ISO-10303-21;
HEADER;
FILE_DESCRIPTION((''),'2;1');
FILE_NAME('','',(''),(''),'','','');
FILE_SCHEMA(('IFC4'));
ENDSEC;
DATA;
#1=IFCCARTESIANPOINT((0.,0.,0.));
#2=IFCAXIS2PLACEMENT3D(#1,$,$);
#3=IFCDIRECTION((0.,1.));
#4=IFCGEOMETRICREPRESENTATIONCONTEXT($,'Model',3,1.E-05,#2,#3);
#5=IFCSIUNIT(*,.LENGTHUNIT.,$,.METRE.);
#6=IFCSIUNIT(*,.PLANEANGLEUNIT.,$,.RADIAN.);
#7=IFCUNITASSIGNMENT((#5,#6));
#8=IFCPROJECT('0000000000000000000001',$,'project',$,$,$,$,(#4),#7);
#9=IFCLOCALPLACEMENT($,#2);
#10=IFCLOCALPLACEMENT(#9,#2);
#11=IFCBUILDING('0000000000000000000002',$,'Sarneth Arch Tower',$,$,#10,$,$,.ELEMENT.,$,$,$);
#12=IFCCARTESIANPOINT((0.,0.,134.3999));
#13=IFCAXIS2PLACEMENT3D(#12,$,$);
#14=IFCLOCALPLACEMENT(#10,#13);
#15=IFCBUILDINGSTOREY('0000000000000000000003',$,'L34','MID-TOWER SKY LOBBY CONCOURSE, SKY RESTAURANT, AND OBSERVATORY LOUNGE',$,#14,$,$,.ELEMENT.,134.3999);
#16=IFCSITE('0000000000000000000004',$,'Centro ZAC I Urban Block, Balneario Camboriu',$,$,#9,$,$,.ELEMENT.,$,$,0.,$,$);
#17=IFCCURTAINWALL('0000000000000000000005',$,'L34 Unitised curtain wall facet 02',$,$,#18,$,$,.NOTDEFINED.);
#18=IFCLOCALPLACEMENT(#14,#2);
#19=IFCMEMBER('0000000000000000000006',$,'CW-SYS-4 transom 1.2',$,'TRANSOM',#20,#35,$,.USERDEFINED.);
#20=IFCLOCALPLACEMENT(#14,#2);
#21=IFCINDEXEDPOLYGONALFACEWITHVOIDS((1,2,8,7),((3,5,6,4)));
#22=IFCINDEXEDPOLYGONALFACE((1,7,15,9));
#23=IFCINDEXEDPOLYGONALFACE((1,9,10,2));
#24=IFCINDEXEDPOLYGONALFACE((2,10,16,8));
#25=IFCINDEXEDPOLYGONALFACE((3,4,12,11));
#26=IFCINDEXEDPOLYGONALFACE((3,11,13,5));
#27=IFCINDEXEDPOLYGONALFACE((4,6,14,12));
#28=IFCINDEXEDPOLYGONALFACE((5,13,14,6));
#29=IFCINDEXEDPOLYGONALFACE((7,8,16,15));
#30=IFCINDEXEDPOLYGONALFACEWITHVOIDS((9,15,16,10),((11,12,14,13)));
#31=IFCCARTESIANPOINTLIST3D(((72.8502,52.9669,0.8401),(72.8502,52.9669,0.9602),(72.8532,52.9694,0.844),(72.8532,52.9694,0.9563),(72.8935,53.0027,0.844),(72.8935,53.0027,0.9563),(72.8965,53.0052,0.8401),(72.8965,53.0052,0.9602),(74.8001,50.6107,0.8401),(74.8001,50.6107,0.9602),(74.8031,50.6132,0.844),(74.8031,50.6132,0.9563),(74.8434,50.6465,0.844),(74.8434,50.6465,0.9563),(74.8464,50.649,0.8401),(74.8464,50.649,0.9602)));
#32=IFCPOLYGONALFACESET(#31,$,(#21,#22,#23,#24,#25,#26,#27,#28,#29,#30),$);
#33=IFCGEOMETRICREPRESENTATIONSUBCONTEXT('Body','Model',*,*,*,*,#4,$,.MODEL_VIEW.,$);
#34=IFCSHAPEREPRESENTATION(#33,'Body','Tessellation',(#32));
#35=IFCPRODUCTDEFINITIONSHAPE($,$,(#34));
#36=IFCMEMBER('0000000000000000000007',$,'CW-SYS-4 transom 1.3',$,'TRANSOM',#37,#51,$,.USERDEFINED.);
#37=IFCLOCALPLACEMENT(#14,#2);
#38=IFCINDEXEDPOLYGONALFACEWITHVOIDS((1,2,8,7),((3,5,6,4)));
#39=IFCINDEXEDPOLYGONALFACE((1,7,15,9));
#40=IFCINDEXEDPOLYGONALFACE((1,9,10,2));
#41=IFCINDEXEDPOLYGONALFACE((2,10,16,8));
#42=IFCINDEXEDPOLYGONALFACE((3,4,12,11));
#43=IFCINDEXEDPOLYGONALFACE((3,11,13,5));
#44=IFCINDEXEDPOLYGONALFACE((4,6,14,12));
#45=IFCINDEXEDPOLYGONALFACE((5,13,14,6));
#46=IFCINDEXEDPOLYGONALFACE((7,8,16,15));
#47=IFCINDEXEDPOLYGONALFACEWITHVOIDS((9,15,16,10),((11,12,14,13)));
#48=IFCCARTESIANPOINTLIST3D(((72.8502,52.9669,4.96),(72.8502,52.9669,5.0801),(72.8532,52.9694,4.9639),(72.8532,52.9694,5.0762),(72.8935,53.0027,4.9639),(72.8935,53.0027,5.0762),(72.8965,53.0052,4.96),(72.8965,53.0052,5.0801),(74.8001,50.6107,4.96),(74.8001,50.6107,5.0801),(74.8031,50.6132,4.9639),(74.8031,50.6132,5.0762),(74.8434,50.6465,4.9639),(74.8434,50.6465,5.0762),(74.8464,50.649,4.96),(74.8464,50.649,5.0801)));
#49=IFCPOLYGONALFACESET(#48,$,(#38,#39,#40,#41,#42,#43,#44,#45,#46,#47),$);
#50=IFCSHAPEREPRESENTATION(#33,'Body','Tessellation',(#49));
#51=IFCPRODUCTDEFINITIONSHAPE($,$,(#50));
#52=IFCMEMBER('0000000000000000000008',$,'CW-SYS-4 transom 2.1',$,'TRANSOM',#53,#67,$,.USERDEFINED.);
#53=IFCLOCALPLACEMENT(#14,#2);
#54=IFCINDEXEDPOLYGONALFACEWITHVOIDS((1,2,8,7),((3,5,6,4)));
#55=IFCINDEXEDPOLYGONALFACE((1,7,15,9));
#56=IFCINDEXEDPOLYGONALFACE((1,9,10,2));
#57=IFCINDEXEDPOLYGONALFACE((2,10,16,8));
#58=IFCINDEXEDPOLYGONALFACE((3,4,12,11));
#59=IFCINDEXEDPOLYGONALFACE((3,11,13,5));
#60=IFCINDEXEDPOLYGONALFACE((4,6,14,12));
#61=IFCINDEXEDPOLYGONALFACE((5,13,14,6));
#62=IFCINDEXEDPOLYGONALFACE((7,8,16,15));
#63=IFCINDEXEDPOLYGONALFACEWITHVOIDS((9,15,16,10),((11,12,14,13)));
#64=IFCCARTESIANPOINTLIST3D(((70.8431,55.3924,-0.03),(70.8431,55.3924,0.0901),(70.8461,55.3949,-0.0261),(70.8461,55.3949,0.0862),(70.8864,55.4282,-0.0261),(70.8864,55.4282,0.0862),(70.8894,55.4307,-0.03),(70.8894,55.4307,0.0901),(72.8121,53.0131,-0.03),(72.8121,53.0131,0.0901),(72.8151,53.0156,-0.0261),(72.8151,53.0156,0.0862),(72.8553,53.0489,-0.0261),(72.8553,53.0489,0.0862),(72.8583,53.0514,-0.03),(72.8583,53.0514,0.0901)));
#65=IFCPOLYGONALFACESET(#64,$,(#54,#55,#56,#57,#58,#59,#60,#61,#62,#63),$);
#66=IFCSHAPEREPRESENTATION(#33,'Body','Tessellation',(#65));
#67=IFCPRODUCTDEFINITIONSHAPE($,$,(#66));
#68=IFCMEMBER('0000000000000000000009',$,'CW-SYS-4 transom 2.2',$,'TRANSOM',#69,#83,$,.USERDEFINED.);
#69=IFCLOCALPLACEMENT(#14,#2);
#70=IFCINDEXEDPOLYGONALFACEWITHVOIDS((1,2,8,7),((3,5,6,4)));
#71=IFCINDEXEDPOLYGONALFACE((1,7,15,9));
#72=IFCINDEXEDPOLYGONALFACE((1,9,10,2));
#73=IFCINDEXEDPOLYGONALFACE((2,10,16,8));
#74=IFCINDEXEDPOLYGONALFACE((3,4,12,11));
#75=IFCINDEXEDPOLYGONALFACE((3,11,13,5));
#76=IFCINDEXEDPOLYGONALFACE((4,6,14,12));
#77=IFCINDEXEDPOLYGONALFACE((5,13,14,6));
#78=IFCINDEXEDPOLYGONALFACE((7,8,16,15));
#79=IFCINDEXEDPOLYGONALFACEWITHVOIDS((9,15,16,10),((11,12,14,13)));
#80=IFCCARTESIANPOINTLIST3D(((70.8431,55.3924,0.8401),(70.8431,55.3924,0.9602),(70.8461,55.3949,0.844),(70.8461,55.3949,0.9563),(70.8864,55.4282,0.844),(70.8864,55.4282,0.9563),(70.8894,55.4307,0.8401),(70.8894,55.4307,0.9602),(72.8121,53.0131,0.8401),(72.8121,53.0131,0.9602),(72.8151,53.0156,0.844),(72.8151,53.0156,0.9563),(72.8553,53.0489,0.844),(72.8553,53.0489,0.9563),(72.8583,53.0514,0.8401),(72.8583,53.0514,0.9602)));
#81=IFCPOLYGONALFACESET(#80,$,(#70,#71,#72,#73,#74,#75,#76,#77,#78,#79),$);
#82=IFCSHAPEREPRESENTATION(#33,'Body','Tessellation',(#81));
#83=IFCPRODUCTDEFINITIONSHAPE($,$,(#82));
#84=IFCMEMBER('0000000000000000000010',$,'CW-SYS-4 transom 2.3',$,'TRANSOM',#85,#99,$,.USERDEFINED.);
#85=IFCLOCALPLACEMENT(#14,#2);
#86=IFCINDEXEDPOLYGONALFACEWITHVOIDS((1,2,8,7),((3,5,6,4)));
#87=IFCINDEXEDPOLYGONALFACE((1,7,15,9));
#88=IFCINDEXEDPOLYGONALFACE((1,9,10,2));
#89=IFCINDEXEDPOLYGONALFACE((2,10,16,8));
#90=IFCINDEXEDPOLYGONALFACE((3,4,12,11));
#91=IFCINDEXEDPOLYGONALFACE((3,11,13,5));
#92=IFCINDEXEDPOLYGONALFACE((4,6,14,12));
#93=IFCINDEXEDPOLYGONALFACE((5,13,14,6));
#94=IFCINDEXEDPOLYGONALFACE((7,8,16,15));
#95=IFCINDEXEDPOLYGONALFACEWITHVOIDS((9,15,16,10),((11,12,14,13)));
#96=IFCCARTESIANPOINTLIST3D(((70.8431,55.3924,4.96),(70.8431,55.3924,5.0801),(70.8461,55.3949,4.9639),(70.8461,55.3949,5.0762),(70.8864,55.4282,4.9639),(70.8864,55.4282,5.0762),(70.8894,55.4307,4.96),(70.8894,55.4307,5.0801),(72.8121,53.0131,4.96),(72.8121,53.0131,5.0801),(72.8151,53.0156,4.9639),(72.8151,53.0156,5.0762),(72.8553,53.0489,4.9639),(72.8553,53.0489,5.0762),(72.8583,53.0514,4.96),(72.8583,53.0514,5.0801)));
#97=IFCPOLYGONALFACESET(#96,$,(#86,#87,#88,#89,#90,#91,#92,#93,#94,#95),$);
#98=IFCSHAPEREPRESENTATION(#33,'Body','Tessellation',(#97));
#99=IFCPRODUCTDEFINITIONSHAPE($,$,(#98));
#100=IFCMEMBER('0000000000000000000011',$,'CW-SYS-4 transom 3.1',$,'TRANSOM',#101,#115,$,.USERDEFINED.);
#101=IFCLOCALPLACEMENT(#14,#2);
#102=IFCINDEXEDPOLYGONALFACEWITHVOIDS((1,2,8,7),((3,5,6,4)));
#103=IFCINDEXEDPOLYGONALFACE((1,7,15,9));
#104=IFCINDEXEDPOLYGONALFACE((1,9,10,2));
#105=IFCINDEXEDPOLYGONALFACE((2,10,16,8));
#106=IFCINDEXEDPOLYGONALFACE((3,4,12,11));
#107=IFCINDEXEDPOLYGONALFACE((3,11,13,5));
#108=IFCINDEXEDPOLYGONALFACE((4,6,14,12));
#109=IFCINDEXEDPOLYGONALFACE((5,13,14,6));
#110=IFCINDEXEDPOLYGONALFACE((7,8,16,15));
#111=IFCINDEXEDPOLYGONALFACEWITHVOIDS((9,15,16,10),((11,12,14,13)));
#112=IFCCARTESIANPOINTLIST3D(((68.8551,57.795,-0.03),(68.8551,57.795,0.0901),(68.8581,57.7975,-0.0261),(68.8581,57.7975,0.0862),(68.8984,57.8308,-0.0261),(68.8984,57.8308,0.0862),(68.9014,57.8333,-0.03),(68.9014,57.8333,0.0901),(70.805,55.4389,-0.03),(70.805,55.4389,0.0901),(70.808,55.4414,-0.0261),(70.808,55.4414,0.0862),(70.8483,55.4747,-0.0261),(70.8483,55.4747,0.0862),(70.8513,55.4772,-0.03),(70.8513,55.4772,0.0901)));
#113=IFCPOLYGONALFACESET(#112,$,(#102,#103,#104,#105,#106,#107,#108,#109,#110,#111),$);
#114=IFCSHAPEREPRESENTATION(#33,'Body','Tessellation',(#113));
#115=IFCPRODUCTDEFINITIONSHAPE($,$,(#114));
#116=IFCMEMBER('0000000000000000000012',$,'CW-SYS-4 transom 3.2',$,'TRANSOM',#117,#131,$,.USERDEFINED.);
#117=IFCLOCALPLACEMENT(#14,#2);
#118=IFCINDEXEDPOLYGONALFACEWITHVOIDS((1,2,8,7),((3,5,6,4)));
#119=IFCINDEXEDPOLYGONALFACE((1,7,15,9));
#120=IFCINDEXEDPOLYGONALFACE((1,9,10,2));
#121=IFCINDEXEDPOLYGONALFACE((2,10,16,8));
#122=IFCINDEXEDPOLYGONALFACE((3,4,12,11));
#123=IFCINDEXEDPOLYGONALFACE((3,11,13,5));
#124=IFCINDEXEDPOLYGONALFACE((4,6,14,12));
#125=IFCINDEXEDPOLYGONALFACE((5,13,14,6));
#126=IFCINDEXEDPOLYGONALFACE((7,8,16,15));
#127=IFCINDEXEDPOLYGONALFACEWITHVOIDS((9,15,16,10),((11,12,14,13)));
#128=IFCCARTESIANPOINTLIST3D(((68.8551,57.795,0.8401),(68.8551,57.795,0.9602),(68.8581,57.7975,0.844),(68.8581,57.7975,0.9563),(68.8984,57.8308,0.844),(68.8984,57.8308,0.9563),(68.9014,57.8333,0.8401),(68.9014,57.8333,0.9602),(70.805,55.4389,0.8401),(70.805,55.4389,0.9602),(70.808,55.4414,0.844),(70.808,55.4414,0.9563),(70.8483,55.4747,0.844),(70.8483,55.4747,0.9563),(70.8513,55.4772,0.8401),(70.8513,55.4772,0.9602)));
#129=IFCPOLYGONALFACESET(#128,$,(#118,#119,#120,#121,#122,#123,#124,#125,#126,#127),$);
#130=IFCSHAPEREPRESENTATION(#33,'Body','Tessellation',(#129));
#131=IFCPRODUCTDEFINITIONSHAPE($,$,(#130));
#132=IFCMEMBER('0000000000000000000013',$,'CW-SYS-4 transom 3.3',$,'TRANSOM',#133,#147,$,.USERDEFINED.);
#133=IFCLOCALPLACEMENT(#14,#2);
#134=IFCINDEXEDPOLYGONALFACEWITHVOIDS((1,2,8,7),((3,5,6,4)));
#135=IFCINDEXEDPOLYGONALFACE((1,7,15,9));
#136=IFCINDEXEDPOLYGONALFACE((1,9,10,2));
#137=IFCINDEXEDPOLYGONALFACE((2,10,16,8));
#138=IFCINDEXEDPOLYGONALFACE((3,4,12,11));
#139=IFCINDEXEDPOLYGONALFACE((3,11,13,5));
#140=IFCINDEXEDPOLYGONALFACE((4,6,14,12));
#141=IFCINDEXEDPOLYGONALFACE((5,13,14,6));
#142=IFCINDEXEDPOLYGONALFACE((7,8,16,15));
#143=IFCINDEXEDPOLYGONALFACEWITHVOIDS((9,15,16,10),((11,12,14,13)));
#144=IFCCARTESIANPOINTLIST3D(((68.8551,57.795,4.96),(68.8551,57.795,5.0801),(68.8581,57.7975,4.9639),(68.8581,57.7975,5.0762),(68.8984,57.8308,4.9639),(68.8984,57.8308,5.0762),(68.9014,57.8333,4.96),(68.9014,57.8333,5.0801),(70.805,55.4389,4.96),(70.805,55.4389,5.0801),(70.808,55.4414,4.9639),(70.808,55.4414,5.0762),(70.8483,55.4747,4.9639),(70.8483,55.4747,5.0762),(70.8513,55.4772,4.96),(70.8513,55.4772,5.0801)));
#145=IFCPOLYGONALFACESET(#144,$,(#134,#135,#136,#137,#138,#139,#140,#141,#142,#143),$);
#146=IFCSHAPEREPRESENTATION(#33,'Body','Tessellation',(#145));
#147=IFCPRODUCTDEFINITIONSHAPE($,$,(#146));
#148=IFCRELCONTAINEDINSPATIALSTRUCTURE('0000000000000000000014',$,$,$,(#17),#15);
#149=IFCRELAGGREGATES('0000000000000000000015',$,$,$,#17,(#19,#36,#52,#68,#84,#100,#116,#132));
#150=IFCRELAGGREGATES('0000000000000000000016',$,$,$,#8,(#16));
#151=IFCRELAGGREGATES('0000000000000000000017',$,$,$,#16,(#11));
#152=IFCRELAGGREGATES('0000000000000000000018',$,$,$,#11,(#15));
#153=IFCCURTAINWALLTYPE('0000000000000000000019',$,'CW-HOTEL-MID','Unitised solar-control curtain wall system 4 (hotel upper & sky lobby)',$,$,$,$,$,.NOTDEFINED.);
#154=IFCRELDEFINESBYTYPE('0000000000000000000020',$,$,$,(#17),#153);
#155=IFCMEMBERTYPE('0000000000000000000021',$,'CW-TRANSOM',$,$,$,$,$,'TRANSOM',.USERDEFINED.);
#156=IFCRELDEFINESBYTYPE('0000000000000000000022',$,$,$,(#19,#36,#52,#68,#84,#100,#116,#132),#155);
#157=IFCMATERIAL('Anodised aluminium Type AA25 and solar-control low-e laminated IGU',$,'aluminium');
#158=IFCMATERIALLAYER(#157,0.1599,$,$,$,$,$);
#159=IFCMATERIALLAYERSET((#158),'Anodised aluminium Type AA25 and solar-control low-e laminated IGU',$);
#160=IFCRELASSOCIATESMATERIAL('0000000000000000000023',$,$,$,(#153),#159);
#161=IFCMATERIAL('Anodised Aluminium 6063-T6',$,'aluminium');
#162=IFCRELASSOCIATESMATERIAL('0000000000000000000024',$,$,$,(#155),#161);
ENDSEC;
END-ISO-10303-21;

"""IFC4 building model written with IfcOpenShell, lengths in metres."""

from ifc_helpers import new_model, si_unit, direction, frame, origin, origin_2d, place, context, subcontext, project, spatial, hollow_rectangle, extrude, material, layer, layer_set, material_profile, profile_set, type_object, element, aggregate, save


model = new_model("IFC4")

# Units and contexts
model_context = context("Model", 3, precision=1e-05, world=origin(), true_north=direction((0.0, 1.0)))
body_context = subcontext(model_context, "Body", "Model", "MODEL_VIEW")
ifc_project = project(units=[si_unit("LENGTHUNIT", "METRE"), si_unit("PLANEANGLEUNIT", "RADIAN")], contexts=[model_context])

# Site, building, storey
site_placement = place(None, origin())
site = spatial("IfcSite", under=ifc_project, at=site_placement, Name="Centro ZAC I Urban Block, Balneario Camboriu", CompositionType="ELEMENT", RefElevation=0.0)
building_placement = place(site_placement, origin())
building = spatial("IfcBuilding", under=site, at=building_placement, Name="Sarneth Arch Tower", CompositionType="ELEMENT")
storey_placement = place(building_placement, frame((0.0, 0.0, 134.3999)))
storey = spatial("IfcBuildingStorey", under=building, at=storey_placement, Name="L34", Description="MID-TOWER SKY LOBBY CONCOURSE, SKY RESTAURANT, AND OBSERVATORY LOUNGE", CompositionType="ELEMENT", Elevation=134.3999)

# Curtain wall, members
ifc_material_1 = material(Name="Anodised aluminium Type AA25 and solar-control low-e laminated IGU", Category="aluminium")
ifc_layer_1 = layer(ifc_material_1, 0.1599)
ifc_layer_set_1 = layer_set([ifc_layer_1], Name="Anodised aluminium Type AA25 and solar-control low-e laminated IGU")
curtain_wall_type = type_object("IfcCurtainWallType", Name="CW-HOTEL-MID", Description="Unitised solar-control curtain wall system 4 (hotel upper & sky lobby)", PredefinedType="NOTDEFINED", material=ifc_layer_set_1)
curtain_wall_placement = place(storey_placement, origin())
curtain_wall = element("IfcCurtainWall", 1, at=curtain_wall_placement, inside=storey, type_object=curtain_wall_type, Name="L34 Unitised curtain wall facet 02", PredefinedType="NOTDEFINED")
ifc_material_2 = material(Name="Anodised Aluminium 6063-T6", Category="aluminium")
ifc_material_profile_1 = material_profile(ifc_material_2, hollow_rectangle(XDim=0.0601, YDim=0.1201, WallThickness=0.0039, at=origin_2d()), Name="AL-TRAN-120x60x4")
ifc_profile_set_1 = profile_set([ifc_material_profile_1], Name="Anodised Aluminium 6063-T6")
member_type_1 = type_object("IfcMemberType", Name="CW-TRANSOM", ElementType="TRANSOM", PredefinedType="USERDEFINED", material=ifc_profile_set_1)
member_1_placement = place(storey_placement, frame((74.8232, 50.6299, 0.9001), z_axis=(-0.637566, 0.770396, 0.0), x_axis=(-0.770396, -0.637566, 0.0)))
member_1 = element("IfcMember", 2, at=member_1_placement, type_object=member_type_1, Name="CW-SYS-4 transom 1.2", ObjectType="TRANSOM", PredefinedType="USERDEFINED", context=body_context, shape_type="SweptSolid", body=[
    extrude(hollow_rectangle(XDim=0.0601, YDim=0.1201, WallThickness=0.0039, at=origin_2d()), origin(), (0.0, 0.0, 1.0), 3.0583),
])
member_2_placement = place(storey_placement, frame((74.8232, 50.6299, 5.02), z_axis=(-0.637566, 0.770396, 0.0), x_axis=(-0.770396, -0.637566, 0.0)))
member_2 = element("IfcMember", 3, at=member_2_placement, type_object=member_type_1, Name="CW-SYS-4 transom 1.3", ObjectType="TRANSOM", PredefinedType="USERDEFINED", context=body_context, shape_type="SweptSolid", body=[
    extrude(hollow_rectangle(XDim=0.0601, YDim=0.1201, WallThickness=0.0039, at=origin_2d()), origin(), (0.0, 0.0, 1.0), 3.0583),
])
member_3_placement = place(storey_placement, frame((72.8352, 53.0322, 0.03), z_axis=(-0.637537, 0.77042, 0.0), x_axis=(-0.77042, -0.637537, 0.0)))
member_3 = element("IfcMember", 4, at=member_3_placement, type_object=member_type_1, Name="CW-SYS-4 transom 2.1", ObjectType="TRANSOM", PredefinedType="USERDEFINED", context=body_context, shape_type="SweptSolid", body=[
    extrude(hollow_rectangle(XDim=0.0601, YDim=0.1201, WallThickness=0.0039, at=origin_2d()), origin(), (0.0, 0.0, 1.0), 3.0884),
])
member_4_placement = place(storey_placement, frame((72.8352, 53.0322, 0.9001), z_axis=(-0.637537, 0.77042, 0.0), x_axis=(-0.77042, -0.637537, 0.0)))
member_4 = element("IfcMember", 5, at=member_4_placement, type_object=member_type_1, Name="CW-SYS-4 transom 2.2", ObjectType="TRANSOM", PredefinedType="USERDEFINED", context=body_context, shape_type="SweptSolid", body=[
    extrude(hollow_rectangle(XDim=0.0601, YDim=0.1201, WallThickness=0.0039, at=origin_2d()), origin(), (0.0, 0.0, 1.0), 3.0884),
])
member_5_placement = place(storey_placement, frame((72.8352, 53.0322, 5.02), z_axis=(-0.637537, 0.77042, 0.0), x_axis=(-0.77042, -0.637537, 0.0)))
member_5 = element("IfcMember", 6, at=member_5_placement, type_object=member_type_1, Name="CW-SYS-4 transom 2.3", ObjectType="TRANSOM", PredefinedType="USERDEFINED", context=body_context, shape_type="SweptSolid", body=[
    extrude(hollow_rectangle(XDim=0.0601, YDim=0.1201, WallThickness=0.0039, at=origin_2d()), origin(), (0.0, 0.0, 1.0), 3.0884),
])
member_6_placement = place(storey_placement, frame((70.8281, 55.458, 0.03), z_axis=(-0.637566, 0.770396, 0.0), x_axis=(-0.770396, -0.637566, 0.0)))
member_6 = element("IfcMember", 7, at=member_6_placement, type_object=member_type_1, Name="CW-SYS-4 transom 3.1", ObjectType="TRANSOM", PredefinedType="USERDEFINED", context=body_context, shape_type="SweptSolid", body=[
    extrude(hollow_rectangle(XDim=0.0601, YDim=0.1201, WallThickness=0.0039, at=origin_2d()), origin(), (0.0, 0.0, 1.0), 3.0583),
])
member_7_placement = place(storey_placement, frame((70.8281, 55.458, 0.9001), z_axis=(-0.637566, 0.770396, 0.0), x_axis=(-0.770396, -0.637566, 0.0)))
member_7 = element("IfcMember", 8, at=member_7_placement, type_object=member_type_1, Name="CW-SYS-4 transom 3.2", ObjectType="TRANSOM", PredefinedType="USERDEFINED", context=body_context, shape_type="SweptSolid", body=[
    extrude(hollow_rectangle(XDim=0.0601, YDim=0.1201, WallThickness=0.0039, at=origin_2d()), origin(), (0.0, 0.0, 1.0), 3.0583),
])
member_8_placement = place(storey_placement, frame((70.8281, 55.458, 5.02), z_axis=(-0.637566, 0.770396, 0.0), x_axis=(-0.770396, -0.637566, 0.0)))
member_8 = element("IfcMember", 9, at=member_8_placement, type_object=member_type_1, Name="CW-SYS-4 transom 3.3", ObjectType="TRANSOM", PredefinedType="USERDEFINED", context=body_context, shape_type="SweptSolid", body=[
    extrude(hollow_rectangle(XDim=0.0601, YDim=0.1201, WallThickness=0.0039, at=origin_2d()), origin(), (0.0, 0.0, 1.0), 3.0583),
])

aggregate(curtain_wall, [member_1, member_2, member_3, member_4, member_5, member_6, member_7, member_8])

save(model, "model.ifc")
